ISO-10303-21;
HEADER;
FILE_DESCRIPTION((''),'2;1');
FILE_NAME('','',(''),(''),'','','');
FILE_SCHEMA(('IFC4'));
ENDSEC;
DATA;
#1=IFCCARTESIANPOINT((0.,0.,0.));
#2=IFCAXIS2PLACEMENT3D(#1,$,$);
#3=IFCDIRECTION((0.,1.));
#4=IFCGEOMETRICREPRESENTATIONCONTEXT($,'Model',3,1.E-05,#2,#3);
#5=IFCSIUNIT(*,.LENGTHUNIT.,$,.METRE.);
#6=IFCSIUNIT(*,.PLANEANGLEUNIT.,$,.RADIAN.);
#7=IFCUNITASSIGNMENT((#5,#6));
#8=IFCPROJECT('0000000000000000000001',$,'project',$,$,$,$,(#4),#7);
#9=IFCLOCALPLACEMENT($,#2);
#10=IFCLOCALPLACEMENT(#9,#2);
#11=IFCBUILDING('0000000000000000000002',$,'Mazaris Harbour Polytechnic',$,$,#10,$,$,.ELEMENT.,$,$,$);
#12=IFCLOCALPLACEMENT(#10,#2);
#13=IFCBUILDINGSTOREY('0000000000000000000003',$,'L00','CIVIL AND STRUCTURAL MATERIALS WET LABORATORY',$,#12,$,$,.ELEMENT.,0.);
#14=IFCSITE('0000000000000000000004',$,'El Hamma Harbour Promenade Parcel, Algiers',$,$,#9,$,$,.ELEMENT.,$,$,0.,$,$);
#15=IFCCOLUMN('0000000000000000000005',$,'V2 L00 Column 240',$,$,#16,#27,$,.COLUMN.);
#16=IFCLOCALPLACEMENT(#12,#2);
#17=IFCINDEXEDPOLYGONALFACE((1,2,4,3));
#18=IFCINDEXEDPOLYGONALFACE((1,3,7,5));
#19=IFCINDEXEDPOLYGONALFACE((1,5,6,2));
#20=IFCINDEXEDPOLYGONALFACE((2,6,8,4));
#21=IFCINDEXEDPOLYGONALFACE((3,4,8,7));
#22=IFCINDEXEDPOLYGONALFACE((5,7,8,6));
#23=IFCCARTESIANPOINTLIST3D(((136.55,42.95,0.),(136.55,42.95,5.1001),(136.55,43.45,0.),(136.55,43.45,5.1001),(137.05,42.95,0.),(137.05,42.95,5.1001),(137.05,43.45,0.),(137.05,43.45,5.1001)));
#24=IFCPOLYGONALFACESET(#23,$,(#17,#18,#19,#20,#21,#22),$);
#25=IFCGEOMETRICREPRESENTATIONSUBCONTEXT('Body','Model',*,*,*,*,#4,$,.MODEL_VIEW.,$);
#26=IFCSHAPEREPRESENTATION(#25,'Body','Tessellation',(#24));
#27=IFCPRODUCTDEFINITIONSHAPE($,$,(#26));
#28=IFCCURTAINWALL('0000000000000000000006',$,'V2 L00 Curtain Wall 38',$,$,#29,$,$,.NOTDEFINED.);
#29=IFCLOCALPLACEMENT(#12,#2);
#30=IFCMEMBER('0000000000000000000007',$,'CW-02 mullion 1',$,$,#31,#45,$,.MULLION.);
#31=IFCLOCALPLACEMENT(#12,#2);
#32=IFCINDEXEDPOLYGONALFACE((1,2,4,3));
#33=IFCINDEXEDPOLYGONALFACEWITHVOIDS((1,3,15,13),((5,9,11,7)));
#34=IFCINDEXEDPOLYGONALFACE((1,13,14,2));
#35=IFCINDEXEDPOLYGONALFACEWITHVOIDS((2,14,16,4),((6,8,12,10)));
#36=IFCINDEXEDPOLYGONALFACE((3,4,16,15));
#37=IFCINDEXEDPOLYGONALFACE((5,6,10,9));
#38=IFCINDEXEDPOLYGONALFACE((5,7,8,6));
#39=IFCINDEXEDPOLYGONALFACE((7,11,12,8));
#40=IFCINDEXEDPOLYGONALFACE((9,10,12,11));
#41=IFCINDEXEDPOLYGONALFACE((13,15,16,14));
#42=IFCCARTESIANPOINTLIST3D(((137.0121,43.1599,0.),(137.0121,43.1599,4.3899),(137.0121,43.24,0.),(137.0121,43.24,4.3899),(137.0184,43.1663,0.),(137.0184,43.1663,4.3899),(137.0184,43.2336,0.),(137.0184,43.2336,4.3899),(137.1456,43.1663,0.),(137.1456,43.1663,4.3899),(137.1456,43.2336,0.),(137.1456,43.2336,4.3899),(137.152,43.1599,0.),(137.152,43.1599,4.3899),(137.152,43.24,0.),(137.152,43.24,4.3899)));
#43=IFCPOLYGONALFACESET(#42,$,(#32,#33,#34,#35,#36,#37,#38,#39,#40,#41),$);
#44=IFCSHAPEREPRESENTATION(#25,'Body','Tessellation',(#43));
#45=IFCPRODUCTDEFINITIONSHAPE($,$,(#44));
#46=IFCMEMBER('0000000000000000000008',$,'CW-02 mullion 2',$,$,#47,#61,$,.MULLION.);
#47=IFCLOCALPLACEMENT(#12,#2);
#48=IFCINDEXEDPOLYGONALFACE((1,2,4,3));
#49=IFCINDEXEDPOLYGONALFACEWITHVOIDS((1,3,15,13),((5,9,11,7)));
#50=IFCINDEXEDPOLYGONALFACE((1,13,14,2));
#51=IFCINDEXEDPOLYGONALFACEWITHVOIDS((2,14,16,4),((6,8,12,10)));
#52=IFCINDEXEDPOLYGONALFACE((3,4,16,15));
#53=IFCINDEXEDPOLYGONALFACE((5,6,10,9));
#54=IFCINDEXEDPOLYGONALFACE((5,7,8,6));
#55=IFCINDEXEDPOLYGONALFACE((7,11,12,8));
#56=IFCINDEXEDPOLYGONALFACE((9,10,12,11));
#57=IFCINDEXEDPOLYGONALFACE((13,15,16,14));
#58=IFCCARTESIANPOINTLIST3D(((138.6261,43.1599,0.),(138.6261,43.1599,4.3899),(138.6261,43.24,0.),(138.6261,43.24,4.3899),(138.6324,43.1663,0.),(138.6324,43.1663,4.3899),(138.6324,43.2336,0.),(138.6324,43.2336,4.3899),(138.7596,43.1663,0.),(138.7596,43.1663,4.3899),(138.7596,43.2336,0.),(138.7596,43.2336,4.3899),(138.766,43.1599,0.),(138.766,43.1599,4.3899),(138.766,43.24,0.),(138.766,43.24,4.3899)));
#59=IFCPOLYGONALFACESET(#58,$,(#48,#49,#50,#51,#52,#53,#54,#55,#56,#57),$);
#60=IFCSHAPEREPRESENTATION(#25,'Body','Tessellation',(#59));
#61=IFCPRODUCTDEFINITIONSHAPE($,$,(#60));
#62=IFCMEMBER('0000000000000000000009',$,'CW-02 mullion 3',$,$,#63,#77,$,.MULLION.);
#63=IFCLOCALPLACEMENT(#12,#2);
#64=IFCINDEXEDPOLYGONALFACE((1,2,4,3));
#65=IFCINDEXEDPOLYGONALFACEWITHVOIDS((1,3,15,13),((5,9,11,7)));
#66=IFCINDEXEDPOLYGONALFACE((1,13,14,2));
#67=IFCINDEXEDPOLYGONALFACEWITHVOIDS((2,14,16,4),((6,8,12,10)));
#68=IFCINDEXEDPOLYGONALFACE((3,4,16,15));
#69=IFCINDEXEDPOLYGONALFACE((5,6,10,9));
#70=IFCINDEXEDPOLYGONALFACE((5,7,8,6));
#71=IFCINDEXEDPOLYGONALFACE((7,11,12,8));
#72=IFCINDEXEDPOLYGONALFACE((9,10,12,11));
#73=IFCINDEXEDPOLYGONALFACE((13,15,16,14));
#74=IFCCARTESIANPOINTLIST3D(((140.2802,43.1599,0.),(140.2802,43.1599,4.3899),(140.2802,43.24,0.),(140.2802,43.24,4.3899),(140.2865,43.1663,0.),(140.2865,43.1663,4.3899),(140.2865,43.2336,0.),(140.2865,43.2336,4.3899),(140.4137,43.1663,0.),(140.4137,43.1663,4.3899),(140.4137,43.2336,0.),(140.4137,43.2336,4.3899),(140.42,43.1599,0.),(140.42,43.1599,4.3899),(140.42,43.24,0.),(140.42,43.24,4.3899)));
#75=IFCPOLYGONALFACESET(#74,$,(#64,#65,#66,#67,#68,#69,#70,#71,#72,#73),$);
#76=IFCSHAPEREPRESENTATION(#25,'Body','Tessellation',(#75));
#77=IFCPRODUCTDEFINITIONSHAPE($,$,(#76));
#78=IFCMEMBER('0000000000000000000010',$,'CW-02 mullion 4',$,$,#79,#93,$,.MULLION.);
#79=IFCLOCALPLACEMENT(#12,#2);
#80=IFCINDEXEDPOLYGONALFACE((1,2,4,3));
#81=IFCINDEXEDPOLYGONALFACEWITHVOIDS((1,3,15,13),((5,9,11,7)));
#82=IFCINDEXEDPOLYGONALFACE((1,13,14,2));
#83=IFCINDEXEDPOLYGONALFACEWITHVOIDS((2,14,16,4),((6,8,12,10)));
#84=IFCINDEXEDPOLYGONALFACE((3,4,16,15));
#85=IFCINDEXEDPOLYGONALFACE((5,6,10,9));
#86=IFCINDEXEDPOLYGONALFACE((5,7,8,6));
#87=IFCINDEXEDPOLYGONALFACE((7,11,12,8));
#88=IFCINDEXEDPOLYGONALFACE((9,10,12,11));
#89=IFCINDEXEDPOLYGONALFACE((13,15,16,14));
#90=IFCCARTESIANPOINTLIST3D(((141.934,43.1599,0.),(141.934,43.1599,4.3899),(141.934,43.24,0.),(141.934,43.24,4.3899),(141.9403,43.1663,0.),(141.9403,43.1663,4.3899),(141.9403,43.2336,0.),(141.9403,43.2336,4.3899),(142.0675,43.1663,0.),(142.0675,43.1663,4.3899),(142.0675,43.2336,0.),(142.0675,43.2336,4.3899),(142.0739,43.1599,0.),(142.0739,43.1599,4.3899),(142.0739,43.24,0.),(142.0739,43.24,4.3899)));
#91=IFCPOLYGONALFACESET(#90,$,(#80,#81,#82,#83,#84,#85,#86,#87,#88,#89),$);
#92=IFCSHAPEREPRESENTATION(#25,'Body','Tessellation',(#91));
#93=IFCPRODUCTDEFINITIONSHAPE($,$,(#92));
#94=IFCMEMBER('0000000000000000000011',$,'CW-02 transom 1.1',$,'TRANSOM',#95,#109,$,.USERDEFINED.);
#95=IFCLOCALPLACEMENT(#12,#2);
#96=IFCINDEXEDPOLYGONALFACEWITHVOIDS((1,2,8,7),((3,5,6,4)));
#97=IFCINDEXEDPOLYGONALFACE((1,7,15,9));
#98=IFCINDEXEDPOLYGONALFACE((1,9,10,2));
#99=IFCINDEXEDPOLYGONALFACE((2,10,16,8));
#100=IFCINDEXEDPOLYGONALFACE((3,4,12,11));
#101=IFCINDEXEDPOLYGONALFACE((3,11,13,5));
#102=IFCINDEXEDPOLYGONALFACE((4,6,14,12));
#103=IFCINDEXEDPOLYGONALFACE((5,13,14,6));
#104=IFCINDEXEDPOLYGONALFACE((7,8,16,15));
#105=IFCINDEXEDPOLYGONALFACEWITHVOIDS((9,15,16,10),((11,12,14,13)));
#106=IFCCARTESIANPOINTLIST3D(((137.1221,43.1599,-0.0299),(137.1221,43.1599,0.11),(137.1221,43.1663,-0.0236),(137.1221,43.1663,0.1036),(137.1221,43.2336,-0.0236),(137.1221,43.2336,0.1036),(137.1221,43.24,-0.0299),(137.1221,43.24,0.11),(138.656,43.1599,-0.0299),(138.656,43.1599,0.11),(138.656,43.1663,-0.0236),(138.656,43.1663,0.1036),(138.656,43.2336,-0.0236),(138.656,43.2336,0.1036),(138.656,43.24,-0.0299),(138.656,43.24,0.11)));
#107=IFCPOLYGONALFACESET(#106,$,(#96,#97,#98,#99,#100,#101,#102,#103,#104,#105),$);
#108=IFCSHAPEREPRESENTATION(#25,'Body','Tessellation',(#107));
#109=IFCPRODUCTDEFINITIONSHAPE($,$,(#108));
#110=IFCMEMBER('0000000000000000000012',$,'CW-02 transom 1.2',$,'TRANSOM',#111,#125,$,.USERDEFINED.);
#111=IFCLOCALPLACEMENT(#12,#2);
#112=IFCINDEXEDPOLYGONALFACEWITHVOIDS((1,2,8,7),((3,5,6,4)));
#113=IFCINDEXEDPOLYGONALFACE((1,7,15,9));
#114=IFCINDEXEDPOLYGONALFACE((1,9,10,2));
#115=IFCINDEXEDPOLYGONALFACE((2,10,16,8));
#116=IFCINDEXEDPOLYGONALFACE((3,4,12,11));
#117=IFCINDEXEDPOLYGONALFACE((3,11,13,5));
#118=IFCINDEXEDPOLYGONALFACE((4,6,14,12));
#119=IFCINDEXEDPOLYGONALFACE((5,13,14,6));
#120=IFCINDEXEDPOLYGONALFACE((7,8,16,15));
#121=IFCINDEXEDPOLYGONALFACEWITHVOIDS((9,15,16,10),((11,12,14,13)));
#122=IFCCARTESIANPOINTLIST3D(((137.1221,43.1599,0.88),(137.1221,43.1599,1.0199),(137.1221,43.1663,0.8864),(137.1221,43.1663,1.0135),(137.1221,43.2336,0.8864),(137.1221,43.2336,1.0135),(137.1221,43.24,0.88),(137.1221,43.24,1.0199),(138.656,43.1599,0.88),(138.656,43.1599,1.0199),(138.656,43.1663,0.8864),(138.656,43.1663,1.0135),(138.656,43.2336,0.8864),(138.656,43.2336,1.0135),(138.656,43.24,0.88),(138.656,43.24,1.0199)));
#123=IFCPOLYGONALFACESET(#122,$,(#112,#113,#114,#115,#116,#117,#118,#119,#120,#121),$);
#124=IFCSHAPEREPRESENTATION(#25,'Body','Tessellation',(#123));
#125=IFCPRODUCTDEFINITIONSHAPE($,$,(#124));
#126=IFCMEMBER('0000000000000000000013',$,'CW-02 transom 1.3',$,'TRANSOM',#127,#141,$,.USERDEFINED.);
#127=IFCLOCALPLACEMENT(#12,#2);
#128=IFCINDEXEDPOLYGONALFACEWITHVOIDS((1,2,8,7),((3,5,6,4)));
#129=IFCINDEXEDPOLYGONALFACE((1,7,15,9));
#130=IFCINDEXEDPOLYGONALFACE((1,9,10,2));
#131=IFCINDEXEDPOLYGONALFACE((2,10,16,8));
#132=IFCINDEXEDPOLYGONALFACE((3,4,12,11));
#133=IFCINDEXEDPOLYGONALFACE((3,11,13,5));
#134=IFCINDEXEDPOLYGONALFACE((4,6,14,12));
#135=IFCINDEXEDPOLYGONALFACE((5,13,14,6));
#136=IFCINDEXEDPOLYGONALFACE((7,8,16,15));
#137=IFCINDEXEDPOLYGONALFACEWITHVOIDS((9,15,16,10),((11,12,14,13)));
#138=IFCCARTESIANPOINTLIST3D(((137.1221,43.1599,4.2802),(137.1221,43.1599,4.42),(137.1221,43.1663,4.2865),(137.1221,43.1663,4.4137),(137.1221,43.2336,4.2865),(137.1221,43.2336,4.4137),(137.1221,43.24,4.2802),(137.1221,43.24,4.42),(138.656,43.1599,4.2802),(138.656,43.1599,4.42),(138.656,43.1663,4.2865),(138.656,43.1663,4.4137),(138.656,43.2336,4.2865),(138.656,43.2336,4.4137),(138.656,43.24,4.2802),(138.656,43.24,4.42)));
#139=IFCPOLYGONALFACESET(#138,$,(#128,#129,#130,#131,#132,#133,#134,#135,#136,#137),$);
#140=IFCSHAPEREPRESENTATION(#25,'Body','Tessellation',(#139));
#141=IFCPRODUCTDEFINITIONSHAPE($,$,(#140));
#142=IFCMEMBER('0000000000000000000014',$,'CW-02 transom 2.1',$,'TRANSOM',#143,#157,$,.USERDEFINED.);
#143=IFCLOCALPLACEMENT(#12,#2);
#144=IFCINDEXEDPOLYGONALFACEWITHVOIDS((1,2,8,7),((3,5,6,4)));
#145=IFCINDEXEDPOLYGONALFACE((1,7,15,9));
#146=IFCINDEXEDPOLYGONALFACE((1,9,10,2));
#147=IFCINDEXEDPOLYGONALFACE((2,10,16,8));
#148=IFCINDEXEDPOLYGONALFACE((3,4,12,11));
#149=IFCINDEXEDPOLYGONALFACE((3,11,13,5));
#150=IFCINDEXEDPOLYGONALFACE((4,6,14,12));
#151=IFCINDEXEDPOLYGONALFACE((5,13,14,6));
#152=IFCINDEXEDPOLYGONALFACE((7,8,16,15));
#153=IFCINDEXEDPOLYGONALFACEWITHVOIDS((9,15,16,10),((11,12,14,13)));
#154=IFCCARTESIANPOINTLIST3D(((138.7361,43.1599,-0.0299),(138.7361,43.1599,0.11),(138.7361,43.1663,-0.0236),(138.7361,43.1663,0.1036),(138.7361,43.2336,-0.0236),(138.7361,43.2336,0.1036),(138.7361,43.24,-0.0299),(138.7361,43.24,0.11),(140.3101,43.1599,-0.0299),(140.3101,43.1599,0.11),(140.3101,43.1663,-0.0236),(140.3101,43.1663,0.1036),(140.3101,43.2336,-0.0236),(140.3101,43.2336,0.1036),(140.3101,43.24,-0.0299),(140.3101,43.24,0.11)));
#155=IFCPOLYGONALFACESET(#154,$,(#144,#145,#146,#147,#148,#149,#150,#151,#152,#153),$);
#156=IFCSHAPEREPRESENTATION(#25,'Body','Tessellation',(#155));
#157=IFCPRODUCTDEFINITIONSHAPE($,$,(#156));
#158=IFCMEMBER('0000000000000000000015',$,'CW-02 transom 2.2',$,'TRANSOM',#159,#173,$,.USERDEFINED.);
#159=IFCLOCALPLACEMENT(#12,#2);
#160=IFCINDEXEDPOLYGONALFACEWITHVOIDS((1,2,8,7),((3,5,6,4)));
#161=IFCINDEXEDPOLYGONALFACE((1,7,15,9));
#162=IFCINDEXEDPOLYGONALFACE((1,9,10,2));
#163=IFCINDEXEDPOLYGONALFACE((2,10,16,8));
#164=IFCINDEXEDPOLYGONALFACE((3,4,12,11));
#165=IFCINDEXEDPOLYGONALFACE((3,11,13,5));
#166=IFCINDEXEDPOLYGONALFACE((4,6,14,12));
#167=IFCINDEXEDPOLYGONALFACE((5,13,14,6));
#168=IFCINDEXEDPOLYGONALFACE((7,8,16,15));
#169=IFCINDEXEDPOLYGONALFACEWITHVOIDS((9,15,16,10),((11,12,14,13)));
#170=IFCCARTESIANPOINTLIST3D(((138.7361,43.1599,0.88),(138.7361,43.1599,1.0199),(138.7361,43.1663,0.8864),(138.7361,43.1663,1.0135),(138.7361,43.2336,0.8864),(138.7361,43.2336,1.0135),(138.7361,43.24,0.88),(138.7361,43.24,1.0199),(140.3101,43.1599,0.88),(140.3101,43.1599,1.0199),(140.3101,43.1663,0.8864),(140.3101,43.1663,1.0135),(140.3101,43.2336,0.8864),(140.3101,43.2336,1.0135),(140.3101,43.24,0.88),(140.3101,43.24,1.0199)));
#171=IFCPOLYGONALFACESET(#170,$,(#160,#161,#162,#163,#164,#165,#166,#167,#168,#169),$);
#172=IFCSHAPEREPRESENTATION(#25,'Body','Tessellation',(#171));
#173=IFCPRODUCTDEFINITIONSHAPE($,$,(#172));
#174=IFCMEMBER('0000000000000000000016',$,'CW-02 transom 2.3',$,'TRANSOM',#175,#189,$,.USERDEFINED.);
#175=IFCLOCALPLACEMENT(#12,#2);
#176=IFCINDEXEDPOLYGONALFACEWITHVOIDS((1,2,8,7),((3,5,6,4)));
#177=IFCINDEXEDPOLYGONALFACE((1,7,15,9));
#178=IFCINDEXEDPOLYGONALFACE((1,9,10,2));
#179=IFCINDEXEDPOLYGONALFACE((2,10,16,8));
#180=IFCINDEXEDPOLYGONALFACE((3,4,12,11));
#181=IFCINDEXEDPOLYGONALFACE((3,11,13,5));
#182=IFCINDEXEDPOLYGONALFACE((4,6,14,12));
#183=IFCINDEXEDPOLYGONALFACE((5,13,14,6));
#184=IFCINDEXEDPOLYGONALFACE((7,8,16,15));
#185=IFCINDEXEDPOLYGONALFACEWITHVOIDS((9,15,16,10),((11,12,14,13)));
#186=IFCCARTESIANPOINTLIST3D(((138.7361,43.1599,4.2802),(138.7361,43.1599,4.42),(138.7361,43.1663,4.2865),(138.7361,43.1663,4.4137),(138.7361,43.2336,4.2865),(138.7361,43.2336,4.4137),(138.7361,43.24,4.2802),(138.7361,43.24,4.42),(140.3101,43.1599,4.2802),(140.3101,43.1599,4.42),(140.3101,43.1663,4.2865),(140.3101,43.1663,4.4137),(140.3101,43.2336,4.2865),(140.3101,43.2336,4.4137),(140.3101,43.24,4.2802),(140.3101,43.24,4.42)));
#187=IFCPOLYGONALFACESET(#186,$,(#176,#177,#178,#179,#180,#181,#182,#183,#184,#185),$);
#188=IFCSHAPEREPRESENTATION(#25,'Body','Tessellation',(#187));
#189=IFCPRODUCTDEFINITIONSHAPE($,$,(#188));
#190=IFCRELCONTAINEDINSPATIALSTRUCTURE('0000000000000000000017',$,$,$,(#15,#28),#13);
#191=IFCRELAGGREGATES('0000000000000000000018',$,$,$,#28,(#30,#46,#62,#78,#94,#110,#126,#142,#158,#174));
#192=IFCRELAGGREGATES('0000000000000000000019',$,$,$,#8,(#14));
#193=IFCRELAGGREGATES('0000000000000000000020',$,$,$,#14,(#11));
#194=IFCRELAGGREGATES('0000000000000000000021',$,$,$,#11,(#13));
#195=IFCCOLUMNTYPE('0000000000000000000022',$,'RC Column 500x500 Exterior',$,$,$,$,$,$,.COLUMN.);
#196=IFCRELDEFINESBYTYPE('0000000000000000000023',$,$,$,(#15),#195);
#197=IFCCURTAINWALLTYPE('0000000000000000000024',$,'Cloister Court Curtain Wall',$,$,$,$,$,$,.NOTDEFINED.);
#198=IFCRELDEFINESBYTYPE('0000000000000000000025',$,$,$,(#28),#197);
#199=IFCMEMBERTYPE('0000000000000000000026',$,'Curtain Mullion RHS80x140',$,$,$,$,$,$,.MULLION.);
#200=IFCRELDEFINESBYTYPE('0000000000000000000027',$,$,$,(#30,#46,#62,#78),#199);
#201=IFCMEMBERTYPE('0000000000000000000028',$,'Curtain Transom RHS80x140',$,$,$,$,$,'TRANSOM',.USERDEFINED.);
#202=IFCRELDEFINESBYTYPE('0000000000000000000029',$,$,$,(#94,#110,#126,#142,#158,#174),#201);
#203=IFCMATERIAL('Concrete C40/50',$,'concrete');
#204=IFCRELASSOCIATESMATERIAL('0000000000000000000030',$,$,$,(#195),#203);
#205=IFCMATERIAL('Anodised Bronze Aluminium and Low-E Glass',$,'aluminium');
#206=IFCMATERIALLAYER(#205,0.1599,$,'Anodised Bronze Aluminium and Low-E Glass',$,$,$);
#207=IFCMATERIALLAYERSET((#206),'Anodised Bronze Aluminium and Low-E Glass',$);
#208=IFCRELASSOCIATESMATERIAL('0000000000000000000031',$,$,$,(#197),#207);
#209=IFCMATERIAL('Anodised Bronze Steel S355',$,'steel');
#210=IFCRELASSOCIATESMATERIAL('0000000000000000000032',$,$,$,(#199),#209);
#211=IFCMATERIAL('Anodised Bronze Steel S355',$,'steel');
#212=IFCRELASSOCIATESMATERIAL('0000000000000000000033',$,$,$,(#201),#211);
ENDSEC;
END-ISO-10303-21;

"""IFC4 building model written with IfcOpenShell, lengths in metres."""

from ifc_helpers import new_model, si_unit, direction, frame, origin, origin_2d, place, context, subcontext, project, spatial, rectangle, hollow_rectangle, extrude, material, layer, layer_set, material_profile, profile_set, type_object, element, aggregate, save


model = new_model("IFC4")

# Units and contexts
model_context = context("Model", 3, precision=1e-05, world=origin(), true_north=direction((0.0, 1.0)))
body_context = subcontext(model_context, "Body", "Model", "MODEL_VIEW")
ifc_project = project(units=[si_unit("LENGTHUNIT", "METRE"), si_unit("PLANEANGLEUNIT", "RADIAN")], contexts=[model_context])

# Site, building, storey
site_placement = place(None, origin())
site = spatial("IfcSite", under=ifc_project, at=site_placement, Name="El Hamma Harbour Promenade Parcel, Algiers", CompositionType="ELEMENT", RefElevation=0.0)
building_placement = place(site_placement, origin())
building = spatial("IfcBuilding", under=site, at=building_placement, Name="Mazaris Harbour Polytechnic", CompositionType="ELEMENT")
storey_placement = place(building_placement, origin())
storey = spatial("IfcBuildingStorey", under=building, at=storey_placement, Name="L00", Description="CIVIL AND STRUCTURAL MATERIALS WET LABORATORY", CompositionType="ELEMENT", Elevation=0.0)

# Column
ifc_material_1 = material(Name="Concrete C40/50", Category="concrete")
ifc_material_profile_1 = material_profile(ifc_material_1, rectangle(XDim=0.5, YDim=0.5, at=origin_2d()), Name="RECT500x500")
ifc_profile_set_1 = profile_set([ifc_material_profile_1], Name="Concrete C40/50")
column_type = type_object("IfcColumnType", Name="RC Column 500x500 Exterior", PredefinedType="COLUMN", material=ifc_profile_set_1)
column_placement = place(storey_placement, frame((136.8, 43.2, 0.0), z_axis=(0.0, 0.0, 1.0), x_axis=(1.0, 0.0, 0.0)))
element("IfcColumn", 1, at=column_placement, inside=storey, type_object=column_type, Name="V2 L00 Column 240", PredefinedType="COLUMN", context=body_context, shape_type="SweptSolid", body=[
    extrude(rectangle(XDim=0.5, YDim=0.5, at=origin_2d()), origin(), (0.0, 0.0, 1.0), 5.1001),
])

# Curtain wall, members
ifc_material_2 = material(Name="Anodised Bronze Aluminium and Low-E Glass", Category="aluminium")
ifc_layer_1 = layer(ifc_material_2, 0.1599, Name="Anodised Bronze Aluminium and Low-E Glass")
ifc_layer_set_1 = layer_set([ifc_layer_1], Name="Anodised Bronze Aluminium and Low-E Glass")
curtain_wall_type = type_object("IfcCurtainWallType", Name="Cloister Court Curtain Wall", PredefinedType="NOTDEFINED", material=ifc_layer_set_1)
curtain_wall_placement = place(storey_placement, origin())
curtain_wall = element("IfcCurtainWall", 2, at=curtain_wall_placement, inside=storey, type_object=curtain_wall_type, Name="V2 L00 Curtain Wall 38", PredefinedType="NOTDEFINED")
ifc_material_3 = material(Name="Anodised Bronze Steel S355", Category="steel")
ifc_material_profile_2 = material_profile(ifc_material_3, hollow_rectangle(XDim=0.0801, YDim=0.1399, WallThickness=0.0063, at=origin_2d()), Name="RHS 80x140x6.3")
ifc_profile_set_2 = profile_set([ifc_material_profile_2], Name="Anodised Bronze Steel S355")
member_type_1 = type_object("IfcMemberType", Name="Curtain Mullion RHS80x140", PredefinedType="MULLION", material=ifc_profile_set_2)
member_1_placement = place(storey_placement, frame((137.082, 43.2, 0.0), z_axis=(0.0, 0.0, 1.0), x_axis=(0.0, 1.0, 0.0)))
member_1 = element("IfcMember", 3, at=member_1_placement, type_object=member_type_1, Name="CW-02 mullion 1", PredefinedType="MULLION", context=body_context, shape_type="SweptSolid", body=[
    extrude(hollow_rectangle(XDim=0.0801, YDim=0.1399, WallThickness=0.0063, at=origin_2d()), origin(), (0.0, 0.0, 1.0), 4.3899),
])
member_2_placement = place(storey_placement, frame((138.696, 43.2, 0.0), z_axis=(0.0, 0.0, 1.0), x_axis=(0.0, 1.0, 0.0)))
member_2 = element("IfcMember", 4, at=member_2_placement, type_object=member_type_1, Name="CW-02 mullion 2", PredefinedType="MULLION", context=body_context, shape_type="SweptSolid", body=[
    extrude(hollow_rectangle(XDim=0.0801, YDim=0.1399, WallThickness=0.0063, at=origin_2d()), origin(), (0.0, 0.0, 1.0), 4.3899),
])
member_3_placement = place(storey_placement, frame((140.3501, 43.2, 0.0), z_axis=(0.0, 0.0, 1.0), x_axis=(0.0, 1.0, 0.0)))
member_3 = element("IfcMember", 5, at=member_3_placement, type_object=member_type_1, Name="CW-02 mullion 3", PredefinedType="MULLION", context=body_context, shape_type="SweptSolid", body=[
    extrude(hollow_rectangle(XDim=0.0801, YDim=0.1399, WallThickness=0.0063, at=origin_2d()), origin(), (0.0, 0.0, 1.0), 4.3899),
])
member_4_placement = place(storey_placement, frame((142.0039, 43.2, 0.0), z_axis=(0.0, 0.0, 1.0), x_axis=(0.0, 1.0, 0.0)))
member_4 = element("IfcMember", 6, at=member_4_placement, type_object=member_type_1, Name="CW-02 mullion 4", PredefinedType="MULLION", context=body_context, shape_type="SweptSolid", body=[
    extrude(hollow_rectangle(XDim=0.0801, YDim=0.1399, WallThickness=0.0063, at=origin_2d()), origin(), (0.0, 0.0, 1.0), 4.3899),
])
ifc_material_4 = material(Name="Anodised Bronze Steel S355", Category="steel")
ifc_material_profile_3 = material_profile(ifc_material_4, hollow_rectangle(XDim=0.0801, YDim=0.1399, WallThickness=0.0063, at=origin_2d()), Name="RHS 80x140x6.3")
ifc_profile_set_3 = profile_set([ifc_material_profile_3], Name="Anodised Bronze Steel S355")
member_type_2 = type_object("IfcMemberType", Name="Curtain Transom RHS80x140", ElementType="TRANSOM", PredefinedType="USERDEFINED", material=ifc_profile_set_3)
member_5_placement = place(storey_placement, frame((137.1221, 43.2, 0.04), z_axis=(1.0, 0.0, 0.0), x_axis=(0.0, 1.0, 0.0)))
member_5 = element("IfcMember", 7, at=member_5_placement, type_object=member_type_2, Name="CW-02 transom 1.1", ObjectType="TRANSOM", PredefinedType="USERDEFINED", context=body_context, shape_type="SweptSolid", body=[
    extrude(hollow_rectangle(XDim=0.0801, YDim=0.1399, WallThickness=0.0063, at=origin_2d()), origin(), (0.0, 0.0, 1.0), 1.5339),
])
member_6_placement = place(storey_placement, frame((137.1221, 43.2, 0.95), z_axis=(1.0, 0.0, 0.0), x_axis=(0.0, 1.0, 0.0)))
member_6 = element("IfcMember", 8, at=member_6_placement, type_object=member_type_2, Name="CW-02 transom 1.2", ObjectType="TRANSOM", PredefinedType="USERDEFINED", context=body_context, shape_type="SweptSolid", body=[
    extrude(hollow_rectangle(XDim=0.0801, YDim=0.1399, WallThickness=0.0063, at=origin_2d()), origin(), (0.0, 0.0, 1.0), 1.5339),
])
member_7_placement = place(storey_placement, frame((137.1221, 43.2, 4.3501), z_axis=(1.0, 0.0, 0.0), x_axis=(0.0, 1.0, 0.0)))
member_7 = element("IfcMember", 9, at=member_7_placement, type_object=member_type_2, Name="CW-02 transom 1.3", ObjectType="TRANSOM", PredefinedType="USERDEFINED", context=body_context, shape_type="SweptSolid", body=[
    extrude(hollow_rectangle(XDim=0.0801, YDim=0.1399, WallThickness=0.0063, at=origin_2d()), origin(), (0.0, 0.0, 1.0), 1.5339),
])
member_8_placement = place(storey_placement, frame((138.7361, 43.2, 0.04), z_axis=(1.0, 0.0, 0.0), x_axis=(0.0, 1.0, 0.0)))
member_8 = element("IfcMember", 10, at=member_8_placement, type_object=member_type_2, Name="CW-02 transom 2.1", ObjectType="TRANSOM", PredefinedType="USERDEFINED", context=body_context, shape_type="SweptSolid", body=[
    extrude(hollow_rectangle(XDim=0.0801, YDim=0.1399, WallThickness=0.0063, at=origin_2d()), origin(), (0.0, 0.0, 1.0), 1.574),
])
member_9_placement = place(storey_placement, frame((138.7361, 43.2, 0.95), z_axis=(1.0, 0.0, 0.0), x_axis=(0.0, 1.0, 0.0)))
member_9 = element("IfcMember", 11, at=member_9_placement, type_object=member_type_2, Name="CW-02 transom 2.2", ObjectType="TRANSOM", PredefinedType="USERDEFINED", context=body_context, shape_type="SweptSolid", body=[
    extrude(hollow_rectangle(XDim=0.0801, YDim=0.1399, WallThickness=0.0063, at=origin_2d()), origin(), (0.0, 0.0, 1.0), 1.574),
])
member_10_placement = place(storey_placement, frame((138.7361, 43.2, 4.3501), z_axis=(1.0, 0.0, 0.0), x_axis=(0.0, 1.0, 0.0)))
member_10 = element("IfcMember", 12, at=member_10_placement, type_object=member_type_2, Name="CW-02 transom 2.3", ObjectType="TRANSOM", PredefinedType="USERDEFINED", context=body_context, shape_type="SweptSolid", body=[
    extrude(hollow_rectangle(XDim=0.0801, YDim=0.1399, WallThickness=0.0063, at=origin_2d()), origin(), (0.0, 0.0, 1.0), 1.574),
])

aggregate(curtain_wall, [member_1, member_2, member_3, member_4, member_5, member_6, member_7, member_8, member_9, member_10])

save(model, "model.ifc")
